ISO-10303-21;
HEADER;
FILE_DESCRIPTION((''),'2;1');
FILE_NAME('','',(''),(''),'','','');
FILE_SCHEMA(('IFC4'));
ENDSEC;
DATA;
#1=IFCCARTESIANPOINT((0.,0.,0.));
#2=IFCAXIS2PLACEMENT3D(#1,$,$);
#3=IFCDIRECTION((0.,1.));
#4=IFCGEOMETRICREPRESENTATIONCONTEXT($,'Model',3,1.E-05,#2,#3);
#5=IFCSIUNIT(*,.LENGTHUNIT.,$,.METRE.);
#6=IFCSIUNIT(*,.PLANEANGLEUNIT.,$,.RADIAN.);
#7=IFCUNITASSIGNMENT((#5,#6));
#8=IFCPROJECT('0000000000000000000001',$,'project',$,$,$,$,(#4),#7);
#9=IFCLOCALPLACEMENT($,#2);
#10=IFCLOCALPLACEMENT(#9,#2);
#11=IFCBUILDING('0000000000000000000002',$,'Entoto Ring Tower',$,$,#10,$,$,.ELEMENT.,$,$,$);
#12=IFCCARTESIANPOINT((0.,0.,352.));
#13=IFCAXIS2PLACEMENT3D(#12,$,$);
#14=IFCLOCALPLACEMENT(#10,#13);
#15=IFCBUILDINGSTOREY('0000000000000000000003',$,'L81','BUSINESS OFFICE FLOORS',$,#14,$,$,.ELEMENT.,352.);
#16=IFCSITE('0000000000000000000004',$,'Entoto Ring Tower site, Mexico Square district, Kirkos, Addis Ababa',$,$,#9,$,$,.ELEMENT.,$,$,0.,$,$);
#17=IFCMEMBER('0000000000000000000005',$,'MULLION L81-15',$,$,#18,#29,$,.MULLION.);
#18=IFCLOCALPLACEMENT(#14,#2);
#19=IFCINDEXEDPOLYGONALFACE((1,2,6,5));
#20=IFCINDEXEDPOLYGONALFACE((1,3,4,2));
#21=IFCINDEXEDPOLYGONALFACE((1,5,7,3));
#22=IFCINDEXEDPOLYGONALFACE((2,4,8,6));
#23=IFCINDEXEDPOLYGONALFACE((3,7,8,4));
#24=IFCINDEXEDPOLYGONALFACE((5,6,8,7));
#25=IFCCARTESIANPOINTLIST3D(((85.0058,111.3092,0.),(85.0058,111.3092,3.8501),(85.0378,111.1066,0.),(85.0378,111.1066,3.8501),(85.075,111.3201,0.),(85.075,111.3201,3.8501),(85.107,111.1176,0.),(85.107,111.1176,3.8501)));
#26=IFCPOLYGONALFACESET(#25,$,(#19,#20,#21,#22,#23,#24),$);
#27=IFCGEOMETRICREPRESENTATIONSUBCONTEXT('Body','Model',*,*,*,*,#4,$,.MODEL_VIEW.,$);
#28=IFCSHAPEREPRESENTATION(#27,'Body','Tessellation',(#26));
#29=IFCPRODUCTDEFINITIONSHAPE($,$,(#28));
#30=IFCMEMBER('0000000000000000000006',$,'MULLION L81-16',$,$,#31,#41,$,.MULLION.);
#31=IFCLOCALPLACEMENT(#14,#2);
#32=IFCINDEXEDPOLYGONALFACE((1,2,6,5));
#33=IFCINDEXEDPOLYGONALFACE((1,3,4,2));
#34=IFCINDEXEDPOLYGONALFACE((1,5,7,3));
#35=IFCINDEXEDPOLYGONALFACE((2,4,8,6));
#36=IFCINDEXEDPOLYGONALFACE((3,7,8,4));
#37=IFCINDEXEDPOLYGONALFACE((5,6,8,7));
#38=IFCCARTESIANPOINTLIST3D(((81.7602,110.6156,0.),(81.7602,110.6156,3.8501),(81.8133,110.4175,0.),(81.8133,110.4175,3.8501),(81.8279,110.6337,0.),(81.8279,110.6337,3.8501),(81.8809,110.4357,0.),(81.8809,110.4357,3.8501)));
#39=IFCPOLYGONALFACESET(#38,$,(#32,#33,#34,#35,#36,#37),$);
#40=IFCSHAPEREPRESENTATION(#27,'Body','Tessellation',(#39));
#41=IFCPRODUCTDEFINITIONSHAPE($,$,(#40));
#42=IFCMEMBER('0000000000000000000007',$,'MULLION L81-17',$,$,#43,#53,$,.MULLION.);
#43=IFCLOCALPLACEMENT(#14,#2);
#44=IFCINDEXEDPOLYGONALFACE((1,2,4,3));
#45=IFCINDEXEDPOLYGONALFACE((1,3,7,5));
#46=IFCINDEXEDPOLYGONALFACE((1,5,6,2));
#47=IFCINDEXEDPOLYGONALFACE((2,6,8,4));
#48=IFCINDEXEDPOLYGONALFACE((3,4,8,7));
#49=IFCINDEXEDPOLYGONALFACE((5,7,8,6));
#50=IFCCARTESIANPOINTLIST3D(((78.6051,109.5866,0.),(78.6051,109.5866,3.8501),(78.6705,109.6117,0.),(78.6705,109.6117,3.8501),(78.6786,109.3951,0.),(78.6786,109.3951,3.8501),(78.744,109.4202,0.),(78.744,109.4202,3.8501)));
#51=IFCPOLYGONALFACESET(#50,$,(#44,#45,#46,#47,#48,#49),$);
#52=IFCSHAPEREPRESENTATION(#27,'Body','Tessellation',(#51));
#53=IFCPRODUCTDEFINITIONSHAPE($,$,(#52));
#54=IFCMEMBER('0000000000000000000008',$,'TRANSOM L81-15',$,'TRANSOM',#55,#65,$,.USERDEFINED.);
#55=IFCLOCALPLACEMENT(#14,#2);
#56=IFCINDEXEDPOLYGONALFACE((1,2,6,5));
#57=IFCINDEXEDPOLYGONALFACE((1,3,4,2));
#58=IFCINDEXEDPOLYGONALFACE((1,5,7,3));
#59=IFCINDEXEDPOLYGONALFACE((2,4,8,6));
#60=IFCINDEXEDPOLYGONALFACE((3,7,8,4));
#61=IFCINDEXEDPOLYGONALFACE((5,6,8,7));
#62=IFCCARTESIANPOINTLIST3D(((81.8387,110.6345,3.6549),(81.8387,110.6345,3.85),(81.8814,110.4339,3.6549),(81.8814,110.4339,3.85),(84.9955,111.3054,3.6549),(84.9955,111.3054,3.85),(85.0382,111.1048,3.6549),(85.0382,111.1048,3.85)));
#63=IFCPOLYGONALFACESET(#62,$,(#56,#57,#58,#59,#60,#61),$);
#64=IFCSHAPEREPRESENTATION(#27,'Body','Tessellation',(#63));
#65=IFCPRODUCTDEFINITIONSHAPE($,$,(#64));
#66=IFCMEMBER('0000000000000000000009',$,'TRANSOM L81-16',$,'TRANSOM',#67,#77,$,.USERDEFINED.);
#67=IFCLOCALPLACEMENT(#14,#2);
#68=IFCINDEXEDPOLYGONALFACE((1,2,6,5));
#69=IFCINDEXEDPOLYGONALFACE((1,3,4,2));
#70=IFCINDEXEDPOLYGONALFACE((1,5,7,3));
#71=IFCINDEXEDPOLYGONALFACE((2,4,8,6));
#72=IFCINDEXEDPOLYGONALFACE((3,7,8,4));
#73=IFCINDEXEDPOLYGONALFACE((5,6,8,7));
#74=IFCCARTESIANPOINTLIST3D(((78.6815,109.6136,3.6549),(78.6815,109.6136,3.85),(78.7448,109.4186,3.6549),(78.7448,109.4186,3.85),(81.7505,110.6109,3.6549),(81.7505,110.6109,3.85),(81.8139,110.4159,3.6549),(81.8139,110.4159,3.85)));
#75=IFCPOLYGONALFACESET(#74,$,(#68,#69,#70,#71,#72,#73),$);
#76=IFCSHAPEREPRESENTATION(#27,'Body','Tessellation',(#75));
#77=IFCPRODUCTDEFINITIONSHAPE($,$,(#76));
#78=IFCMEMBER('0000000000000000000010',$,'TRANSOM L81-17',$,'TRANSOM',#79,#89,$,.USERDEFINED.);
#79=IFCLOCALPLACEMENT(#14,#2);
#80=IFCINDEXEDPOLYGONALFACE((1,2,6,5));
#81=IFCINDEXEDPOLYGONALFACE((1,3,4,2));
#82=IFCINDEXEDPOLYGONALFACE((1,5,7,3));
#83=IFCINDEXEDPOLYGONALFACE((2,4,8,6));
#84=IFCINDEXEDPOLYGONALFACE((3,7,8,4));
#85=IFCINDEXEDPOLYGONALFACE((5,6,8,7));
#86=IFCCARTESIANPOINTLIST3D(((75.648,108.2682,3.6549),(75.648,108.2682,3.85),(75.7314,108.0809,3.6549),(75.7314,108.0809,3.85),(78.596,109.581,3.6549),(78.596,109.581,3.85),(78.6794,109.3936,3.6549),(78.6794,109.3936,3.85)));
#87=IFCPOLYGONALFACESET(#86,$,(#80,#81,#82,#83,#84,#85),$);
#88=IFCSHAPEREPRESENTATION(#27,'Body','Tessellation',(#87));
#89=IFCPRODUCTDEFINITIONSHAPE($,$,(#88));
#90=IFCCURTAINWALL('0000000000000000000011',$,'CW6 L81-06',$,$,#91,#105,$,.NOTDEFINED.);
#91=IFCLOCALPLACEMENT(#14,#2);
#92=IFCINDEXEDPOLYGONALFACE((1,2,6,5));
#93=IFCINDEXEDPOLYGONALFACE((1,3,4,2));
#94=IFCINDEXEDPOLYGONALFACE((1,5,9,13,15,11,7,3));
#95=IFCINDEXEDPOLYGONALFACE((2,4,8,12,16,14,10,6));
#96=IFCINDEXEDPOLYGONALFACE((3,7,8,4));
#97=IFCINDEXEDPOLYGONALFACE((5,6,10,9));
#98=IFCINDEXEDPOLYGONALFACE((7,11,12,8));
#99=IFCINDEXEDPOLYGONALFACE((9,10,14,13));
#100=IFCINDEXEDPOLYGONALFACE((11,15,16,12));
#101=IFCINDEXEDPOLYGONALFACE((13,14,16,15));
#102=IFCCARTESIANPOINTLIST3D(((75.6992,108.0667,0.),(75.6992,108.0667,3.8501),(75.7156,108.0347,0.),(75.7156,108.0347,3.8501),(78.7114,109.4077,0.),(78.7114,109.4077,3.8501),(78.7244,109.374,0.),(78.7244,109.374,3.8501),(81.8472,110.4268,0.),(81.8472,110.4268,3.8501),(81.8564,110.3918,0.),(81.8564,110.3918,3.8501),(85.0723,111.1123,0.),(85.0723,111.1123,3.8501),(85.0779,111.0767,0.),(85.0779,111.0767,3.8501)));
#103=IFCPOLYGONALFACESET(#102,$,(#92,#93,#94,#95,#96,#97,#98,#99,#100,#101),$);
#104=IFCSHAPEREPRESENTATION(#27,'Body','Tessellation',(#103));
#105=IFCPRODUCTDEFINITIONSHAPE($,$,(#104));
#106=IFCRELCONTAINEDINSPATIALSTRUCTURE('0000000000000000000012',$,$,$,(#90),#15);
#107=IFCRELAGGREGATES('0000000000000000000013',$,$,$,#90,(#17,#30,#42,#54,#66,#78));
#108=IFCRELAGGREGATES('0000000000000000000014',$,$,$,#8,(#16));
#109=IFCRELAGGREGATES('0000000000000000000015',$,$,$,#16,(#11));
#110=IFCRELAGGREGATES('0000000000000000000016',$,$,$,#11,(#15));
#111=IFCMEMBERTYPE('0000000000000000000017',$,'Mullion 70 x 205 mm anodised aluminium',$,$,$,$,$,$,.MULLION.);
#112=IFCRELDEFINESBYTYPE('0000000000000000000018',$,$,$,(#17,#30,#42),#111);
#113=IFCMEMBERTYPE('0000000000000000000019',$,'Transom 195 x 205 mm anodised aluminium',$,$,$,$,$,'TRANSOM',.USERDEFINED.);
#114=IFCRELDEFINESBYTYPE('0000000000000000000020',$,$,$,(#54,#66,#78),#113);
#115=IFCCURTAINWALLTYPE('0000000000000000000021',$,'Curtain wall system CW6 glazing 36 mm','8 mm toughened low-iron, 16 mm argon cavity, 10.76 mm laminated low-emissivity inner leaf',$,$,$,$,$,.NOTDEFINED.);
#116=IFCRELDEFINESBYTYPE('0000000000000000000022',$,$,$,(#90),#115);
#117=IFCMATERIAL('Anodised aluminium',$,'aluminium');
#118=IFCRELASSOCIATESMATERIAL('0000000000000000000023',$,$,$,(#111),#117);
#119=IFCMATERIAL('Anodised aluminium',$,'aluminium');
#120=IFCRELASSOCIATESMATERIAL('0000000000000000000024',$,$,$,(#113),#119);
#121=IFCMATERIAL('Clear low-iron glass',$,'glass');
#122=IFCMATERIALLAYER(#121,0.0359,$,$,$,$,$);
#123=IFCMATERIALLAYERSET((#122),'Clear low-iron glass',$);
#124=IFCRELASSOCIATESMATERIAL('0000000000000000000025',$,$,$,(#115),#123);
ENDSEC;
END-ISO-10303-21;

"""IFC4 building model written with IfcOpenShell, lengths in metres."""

from ifc_helpers import new_model, si_unit, direction, frame, origin, origin_2d, place, context, subcontext, project, spatial, polyline, rectangle, outline, extrude, material, layer, layer_set, material_profile, profile_set, type_object, element, aggregate, save


model = new_model("IFC4")

# Units and contexts
model_context = context("Model", 3, precision=1e-05, world=origin(), true_north=direction((0.0, 1.0)))
body_context = subcontext(model_context, "Body", "Model", "MODEL_VIEW")
ifc_project = project(units=[si_unit("LENGTHUNIT", "METRE"), si_unit("PLANEANGLEUNIT", "RADIAN")], contexts=[model_context])

# Members
ifc_material_1 = material(Name="Anodised aluminium", Category="aluminium")
ifc_material_profile_1 = material_profile(ifc_material_1, rectangle(XDim=0.0701, YDim=0.2051, at=origin_2d()), Name="Mullion 70 x 205 mm anodised aluminium")
ifc_profile_set_1 = profile_set([ifc_material_profile_1], Name="Anodised aluminium")
member_type_1 = type_object("IfcMemberType", Name="Mullion 70 x 205 mm anodised aluminium", PredefinedType="MULLION", material=ifc_profile_set_1)
site_placement = place(None, origin())
building_placement = place(site_placement, origin())
storey_placement = place(building_placement, frame((0.0, 0.0, 352.0)))
member_1_placement = place(storey_placement, frame((85.0564, 111.2134, 0.0), z_axis=(0.0, 0.0, 1.0), x_axis=(-0.987688, -0.156434, 0.0)))
member_1 = element("IfcMember", 1, at=member_1_placement, type_object=member_type_1, Name="MULLION L81-15", PredefinedType="MULLION", context=body_context, shape_type="SweptSolid", body=[
    extrude(rectangle(XDim=0.0701, YDim=0.2051, at=origin_2d()), origin(), (0.0, 0.0, 1.0), 3.8501),
])
member_2_placement = place(storey_placement, frame((81.8206, 110.5256, 0.0), z_axis=(0.0, 0.0, 1.0), x_axis=(-0.965926, -0.258819, 0.0)))
member_2 = element("IfcMember", 2, at=member_2_placement, type_object=member_type_1, Name="MULLION L81-16", PredefinedType="MULLION", context=body_context, shape_type="SweptSolid", body=[
    extrude(rectangle(XDim=0.0701, YDim=0.2051, at=origin_2d()), origin(), (0.0, 0.0, 1.0), 3.8501),
])
member_3_placement = place(storey_placement, frame((78.6746, 109.5034, 0.0), z_axis=(0.0, 0.0, 1.0), x_axis=(-0.93358, -0.358368, 0.0)))
member_3 = element("IfcMember", 3, at=member_3_placement, type_object=member_type_1, Name="MULLION L81-17", PredefinedType="MULLION", context=body_context, shape_type="SweptSolid", body=[
    extrude(rectangle(XDim=0.0701, YDim=0.2051, at=origin_2d()), origin(), (0.0, 0.0, 1.0), 3.8501),
])
ifc_material_2 = material(Name="Anodised aluminium", Category="aluminium")
ifc_material_profile_2 = material_profile(ifc_material_2, rectangle(XDim=0.2051, YDim=0.1951, at=origin_2d()), Name="Transom 195 x 205 mm anodised aluminium")
ifc_profile_set_2 = profile_set([ifc_material_profile_2], Name="Anodised aluminium")
member_type_2 = type_object("IfcMemberType", Name="Transom 195 x 205 mm anodised aluminium", ElementType="TRANSOM", PredefinedType="USERDEFINED", material=ifc_profile_set_2)
member_4_placement = place(storey_placement, frame((85.0168, 111.2051, 3.7524), z_axis=(-0.978153, -0.207886, 0.0), x_axis=(0.207886, -0.978153, 0.0)))
member_4 = element("IfcMember", 4, at=member_4_placement, type_object=member_type_2, Name="TRANSOM L81-15", ObjectType="TRANSOM", PredefinedType="USERDEFINED", context=body_context, shape_type="SweptSolid", body=[
    extrude(rectangle(XDim=0.2051, YDim=0.1951, at=origin_2d()), origin(), (0.0, 0.0, 1.0), 3.2273),
])
member_5_placement = place(storey_placement, frame((81.7822, 110.5134, 3.7524), z_axis=(-0.951047, -0.309047, 0.0), x_axis=(0.309047, -0.951047, 0.0)))
member_5 = element("IfcMember", 5, at=member_5_placement, type_object=member_type_2, Name="TRANSOM L81-16", ObjectType="TRANSOM", PredefinedType="USERDEFINED", context=body_context, shape_type="SweptSolid", body=[
    extrude(rectangle(XDim=0.2051, YDim=0.1951, at=origin_2d()), origin(), (0.0, 0.0, 1.0), 3.2271),
])
member_6_placement = place(storey_placement, frame((78.6377, 109.4873, 3.7524), z_axis=(-0.913521, -0.406791, 0.0), x_axis=(0.406791, -0.913521, 0.0)))
member_6 = element("IfcMember", 6, at=member_6_placement, type_object=member_type_2, Name="TRANSOM L81-17", ObjectType="TRANSOM", PredefinedType="USERDEFINED", context=body_context, shape_type="SweptSolid", body=[
    extrude(rectangle(XDim=0.2051, YDim=0.1951, at=origin_2d()), origin(), (0.0, 0.0, 1.0), 3.2271),
])

# Site, building, storey
site = spatial("IfcSite", under=ifc_project, at=site_placement, Name="Entoto Ring Tower site, Mexico Square district, Kirkos, Addis Ababa", CompositionType="ELEMENT", RefElevation=0.0)
building = spatial("IfcBuilding", under=site, at=building_placement, Name="Entoto Ring Tower", CompositionType="ELEMENT")
storey = spatial("IfcBuildingStorey", under=building, at=storey_placement, Name="L81", Description="BUSINESS OFFICE FLOORS", CompositionType="ELEMENT", Elevation=352.0)

# Curtain wall
ifc_material_3 = material(Name="Clear low-iron glass", Category="glass")
ifc_layer = layer(ifc_material_3, 0.0359)
ifc_layer_set = layer_set([ifc_layer], Name="Clear low-iron glass")
curtain_wall_type = type_object("IfcCurtainWallType", Name="Curtain wall system CW6 glazing 36 mm", Description="8 mm toughened low-iron, 16 mm argon cavity, 10.76 mm laminated low-emissivity inner leaf", PredefinedType="NOTDEFINED", material=ifc_layer_set)
curtain_wall_1_placement = place(storey_placement, origin())
curtain_wall_1 = element("IfcCurtainWall", 7, at=curtain_wall_1_placement, inside=storey, type_object=curtain_wall_type, Name="CW6 L81-06", PredefinedType="NOTDEFINED", context=body_context, shape_type="SweptSolid", body=[
    extrude(outline(polyline([(85.0723, 111.1123), (81.8472, 110.4268), (78.7114, 109.4077), (75.6992, 108.0667), (75.7156, 108.0347), (78.7244, 109.374), (81.8564, 110.3918), (85.0779, 111.0767), (85.0723, 111.1123)])), origin(), (0.0, 0.0, 1.0), 3.8501),
])
aggregate(curtain_wall_1, [member_1, member_2, member_3, member_4, member_5, member_6])

save(model, "model.ifc")
